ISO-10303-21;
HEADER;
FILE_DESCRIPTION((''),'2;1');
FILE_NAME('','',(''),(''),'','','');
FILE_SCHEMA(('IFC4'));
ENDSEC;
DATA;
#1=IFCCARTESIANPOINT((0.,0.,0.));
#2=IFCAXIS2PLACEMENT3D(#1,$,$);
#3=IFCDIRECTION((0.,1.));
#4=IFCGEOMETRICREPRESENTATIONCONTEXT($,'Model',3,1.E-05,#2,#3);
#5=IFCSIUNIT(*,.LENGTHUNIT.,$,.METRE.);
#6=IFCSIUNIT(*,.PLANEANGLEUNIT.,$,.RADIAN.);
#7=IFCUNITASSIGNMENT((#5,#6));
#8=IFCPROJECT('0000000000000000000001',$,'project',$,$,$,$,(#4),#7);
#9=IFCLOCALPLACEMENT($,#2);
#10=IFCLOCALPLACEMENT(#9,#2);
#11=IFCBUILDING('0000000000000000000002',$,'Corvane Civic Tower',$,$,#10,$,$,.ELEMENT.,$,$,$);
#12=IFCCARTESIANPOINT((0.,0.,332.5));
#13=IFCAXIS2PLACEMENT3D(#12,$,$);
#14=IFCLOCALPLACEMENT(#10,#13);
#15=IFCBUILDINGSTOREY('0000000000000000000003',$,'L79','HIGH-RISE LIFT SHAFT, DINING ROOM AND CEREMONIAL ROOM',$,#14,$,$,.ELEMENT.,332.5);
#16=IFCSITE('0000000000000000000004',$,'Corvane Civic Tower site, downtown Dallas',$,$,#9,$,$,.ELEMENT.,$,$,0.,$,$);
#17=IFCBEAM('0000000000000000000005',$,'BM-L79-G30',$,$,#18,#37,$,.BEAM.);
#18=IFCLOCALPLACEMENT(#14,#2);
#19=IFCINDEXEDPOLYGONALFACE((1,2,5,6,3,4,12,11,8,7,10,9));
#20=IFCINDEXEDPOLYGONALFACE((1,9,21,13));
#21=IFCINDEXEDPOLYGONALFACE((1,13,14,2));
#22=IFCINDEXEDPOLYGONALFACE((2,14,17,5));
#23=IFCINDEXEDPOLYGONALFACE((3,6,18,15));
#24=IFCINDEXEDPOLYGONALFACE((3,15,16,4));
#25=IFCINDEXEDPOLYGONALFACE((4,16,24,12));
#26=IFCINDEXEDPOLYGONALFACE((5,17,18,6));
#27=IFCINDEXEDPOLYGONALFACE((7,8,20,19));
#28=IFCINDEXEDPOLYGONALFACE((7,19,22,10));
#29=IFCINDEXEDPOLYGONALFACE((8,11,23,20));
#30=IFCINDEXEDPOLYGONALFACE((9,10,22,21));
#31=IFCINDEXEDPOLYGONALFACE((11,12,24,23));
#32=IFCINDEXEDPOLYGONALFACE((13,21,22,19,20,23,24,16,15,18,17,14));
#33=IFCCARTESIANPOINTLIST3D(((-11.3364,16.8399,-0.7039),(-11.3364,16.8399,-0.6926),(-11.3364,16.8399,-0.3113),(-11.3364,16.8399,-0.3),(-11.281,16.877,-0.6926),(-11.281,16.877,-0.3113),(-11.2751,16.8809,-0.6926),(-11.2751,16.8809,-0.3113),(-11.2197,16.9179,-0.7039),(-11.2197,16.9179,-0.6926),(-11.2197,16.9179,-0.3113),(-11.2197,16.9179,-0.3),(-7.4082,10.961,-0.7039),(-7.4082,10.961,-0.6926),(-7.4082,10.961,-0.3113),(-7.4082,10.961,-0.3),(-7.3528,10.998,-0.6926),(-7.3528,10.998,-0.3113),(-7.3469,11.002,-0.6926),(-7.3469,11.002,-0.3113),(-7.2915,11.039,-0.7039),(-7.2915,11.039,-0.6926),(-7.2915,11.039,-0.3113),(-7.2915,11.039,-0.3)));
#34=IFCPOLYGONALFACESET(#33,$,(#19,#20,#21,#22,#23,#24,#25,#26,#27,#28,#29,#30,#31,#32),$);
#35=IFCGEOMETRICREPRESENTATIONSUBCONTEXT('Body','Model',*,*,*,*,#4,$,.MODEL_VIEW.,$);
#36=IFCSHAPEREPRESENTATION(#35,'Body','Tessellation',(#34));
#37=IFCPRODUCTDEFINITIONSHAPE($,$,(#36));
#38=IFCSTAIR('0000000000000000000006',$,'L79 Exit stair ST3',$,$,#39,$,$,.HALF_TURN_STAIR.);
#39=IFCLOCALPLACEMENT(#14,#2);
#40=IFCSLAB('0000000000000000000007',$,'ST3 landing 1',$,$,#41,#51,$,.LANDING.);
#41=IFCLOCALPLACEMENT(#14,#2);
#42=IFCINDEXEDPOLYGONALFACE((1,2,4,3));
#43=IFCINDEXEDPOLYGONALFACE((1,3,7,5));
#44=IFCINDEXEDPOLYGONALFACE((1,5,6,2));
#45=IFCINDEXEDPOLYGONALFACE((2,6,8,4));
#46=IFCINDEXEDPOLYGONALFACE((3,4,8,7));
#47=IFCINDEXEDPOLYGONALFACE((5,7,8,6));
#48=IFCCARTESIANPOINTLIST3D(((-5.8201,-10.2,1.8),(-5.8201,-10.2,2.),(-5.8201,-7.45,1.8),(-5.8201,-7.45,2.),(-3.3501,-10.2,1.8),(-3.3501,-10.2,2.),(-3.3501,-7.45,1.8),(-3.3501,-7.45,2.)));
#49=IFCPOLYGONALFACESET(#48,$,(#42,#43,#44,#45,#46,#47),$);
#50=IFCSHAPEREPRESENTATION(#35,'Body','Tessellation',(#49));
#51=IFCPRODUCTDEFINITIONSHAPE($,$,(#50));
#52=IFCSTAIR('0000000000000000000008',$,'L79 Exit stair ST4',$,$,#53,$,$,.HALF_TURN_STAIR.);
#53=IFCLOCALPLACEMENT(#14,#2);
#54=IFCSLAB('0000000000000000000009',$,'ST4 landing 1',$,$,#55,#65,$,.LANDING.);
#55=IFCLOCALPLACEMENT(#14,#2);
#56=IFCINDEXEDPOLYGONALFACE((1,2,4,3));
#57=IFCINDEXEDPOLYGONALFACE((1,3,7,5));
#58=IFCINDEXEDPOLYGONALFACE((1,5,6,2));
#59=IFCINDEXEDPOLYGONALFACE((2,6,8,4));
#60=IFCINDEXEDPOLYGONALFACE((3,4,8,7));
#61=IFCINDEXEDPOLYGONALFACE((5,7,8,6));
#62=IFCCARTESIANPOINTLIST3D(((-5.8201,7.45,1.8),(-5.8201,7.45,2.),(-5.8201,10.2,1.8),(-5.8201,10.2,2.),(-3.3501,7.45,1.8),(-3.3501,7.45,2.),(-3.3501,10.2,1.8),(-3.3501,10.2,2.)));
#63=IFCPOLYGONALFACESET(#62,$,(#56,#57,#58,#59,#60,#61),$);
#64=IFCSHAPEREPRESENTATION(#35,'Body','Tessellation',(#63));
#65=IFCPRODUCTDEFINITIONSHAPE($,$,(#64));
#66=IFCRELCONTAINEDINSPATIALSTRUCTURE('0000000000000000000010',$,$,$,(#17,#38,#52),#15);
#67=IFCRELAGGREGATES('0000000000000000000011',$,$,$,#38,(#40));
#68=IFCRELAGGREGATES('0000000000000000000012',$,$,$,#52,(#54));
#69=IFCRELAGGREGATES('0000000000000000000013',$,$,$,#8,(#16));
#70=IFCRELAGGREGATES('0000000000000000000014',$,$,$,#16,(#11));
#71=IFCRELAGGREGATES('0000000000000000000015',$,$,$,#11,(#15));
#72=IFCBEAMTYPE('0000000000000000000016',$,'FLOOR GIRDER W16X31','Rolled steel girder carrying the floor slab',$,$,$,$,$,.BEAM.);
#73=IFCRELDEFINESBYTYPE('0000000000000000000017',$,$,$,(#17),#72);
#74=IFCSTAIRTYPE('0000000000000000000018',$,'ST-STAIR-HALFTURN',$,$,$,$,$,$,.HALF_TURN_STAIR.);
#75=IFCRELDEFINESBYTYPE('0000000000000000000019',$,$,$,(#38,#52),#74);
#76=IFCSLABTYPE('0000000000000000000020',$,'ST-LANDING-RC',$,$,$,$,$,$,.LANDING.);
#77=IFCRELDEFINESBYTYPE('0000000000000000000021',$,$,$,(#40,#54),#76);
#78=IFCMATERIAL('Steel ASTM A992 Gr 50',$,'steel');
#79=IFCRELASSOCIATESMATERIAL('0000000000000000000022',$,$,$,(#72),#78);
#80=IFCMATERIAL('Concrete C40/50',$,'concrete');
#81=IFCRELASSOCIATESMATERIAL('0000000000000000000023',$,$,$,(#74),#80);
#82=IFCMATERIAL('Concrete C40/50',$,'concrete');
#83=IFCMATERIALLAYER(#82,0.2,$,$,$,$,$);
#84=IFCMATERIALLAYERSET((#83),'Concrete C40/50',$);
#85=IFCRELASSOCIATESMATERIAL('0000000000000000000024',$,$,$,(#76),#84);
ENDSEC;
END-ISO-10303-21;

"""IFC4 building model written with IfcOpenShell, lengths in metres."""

from ifc_helpers import new_model, si_unit, direction, frame, origin, origin_2d, place, context, subcontext, project, spatial, polyline, i_section, outline, extrude, material, layer, layer_set, material_profile, profile_set, type_object, element, aggregate, save


model = new_model("IFC4")

# Units and contexts
model_context = context("Model", 3, precision=1e-05, world=origin(), true_north=direction((0.0, 1.0)))
body_context = subcontext(model_context, "Body", "Model", "MODEL_VIEW")
ifc_project = project(units=[si_unit("LENGTHUNIT", "METRE"), si_unit("PLANEANGLEUNIT", "RADIAN")], contexts=[model_context])

# Site, building, storey
site_placement = place(None, origin())
site = spatial("IfcSite", under=ifc_project, at=site_placement, Name="Corvane Civic Tower site, downtown Dallas", CompositionType="ELEMENT", RefElevation=0.0)
building_placement = place(site_placement, origin())
building = spatial("IfcBuilding", under=site, at=building_placement, Name="Corvane Civic Tower", CompositionType="ELEMENT")
storey_placement = place(building_placement, frame((0.0, 0.0, 332.5)))
storey = spatial("IfcBuildingStorey", under=building, at=storey_placement, Name="L79", Description="HIGH-RISE LIFT SHAFT, DINING ROOM AND CEREMONIAL ROOM", CompositionType="ELEMENT", Elevation=332.5)

# Beam
ifc_material_1 = material(Name="Steel ASTM A992 Gr 50", Category="steel")
ifc_material_profile = material_profile(ifc_material_1, i_section(OverallWidth=0.1404, OverallDepth=0.4038, WebThickness=0.0071, FlangeThickness=0.0112, at=origin_2d()), Name="W16X31")
ifc_profile_set = profile_set([ifc_material_profile], Name="Steel ASTM A992 Gr 50")
beam_type = type_object("IfcBeamType", Name="FLOOR GIRDER W16X31", Description="Rolled steel girder carrying the floor slab", PredefinedType="BEAM", material=ifc_profile_set)
beam_placement = place(storey_placement, frame((-7.3499, 11.0, -0.502), z_axis=(-0.555576, 0.831465, 0.0), x_axis=(-0.831465, -0.555576, 0.0)))
element("IfcBeam", 1, at=beam_placement, inside=storey, type_object=beam_type, Name="BM-L79-G30", PredefinedType="BEAM", context=body_context, shape_type="SweptSolid", body=[
    extrude(i_section(OverallWidth=0.1404, OverallDepth=0.4038, WebThickness=0.0071, FlangeThickness=0.0112, at=origin_2d()), origin(), (0.0, 0.0, 1.0), 7.0706),
])

# Stairs, slabs
ifc_material_2 = material(Name="Concrete C40/50", Category="concrete")
stair_type = type_object("IfcStairType", Name="ST-STAIR-HALFTURN", PredefinedType="HALF_TURN_STAIR", material=ifc_material_2)
stair_1_placement = place(storey_placement, origin())
stair_1 = element("IfcStair", 2, at=stair_1_placement, inside=storey, type_object=stair_type, Name="L79 Exit stair ST3", PredefinedType="HALF_TURN_STAIR")
ifc_material_3 = material(Name="Concrete C40/50", Category="concrete")
ifc_layer_1 = layer(ifc_material_3, 0.2)
ifc_layer_set_1 = layer_set([ifc_layer_1], Name="Concrete C40/50")
slab_type = type_object("IfcSlabType", Name="ST-LANDING-RC", PredefinedType="LANDING", material=ifc_layer_set_1)
slab_1_placement = place(storey_placement, frame((0.0, 0.0, 1.8)))
slab_1 = element("IfcSlab", 3, at=slab_1_placement, type_object=slab_type, Name="ST3 landing 1", PredefinedType="LANDING", context=body_context, shape_type="SweptSolid", body=[
    extrude(outline(polyline([(-5.8201, -10.2), (-3.3501, -10.2), (-3.3501, -7.45), (-5.8201, -7.45), (-5.8201, -10.2)])), origin(), (0.0, 0.0, 1.0), 0.2),
])
aggregate(stair_1, [slab_1])
stair_2_placement = place(storey_placement, origin())
stair_2 = element("IfcStair", 4, at=stair_2_placement, inside=storey, type_object=stair_type, Name="L79 Exit stair ST4", PredefinedType="HALF_TURN_STAIR")
slab_2_placement = place(storey_placement, frame((0.0, 0.0, 1.8)))
slab_2 = element("IfcSlab", 5, at=slab_2_placement, type_object=slab_type, Name="ST4 landing 1", PredefinedType="LANDING", context=body_context, shape_type="SweptSolid", body=[
    extrude(outline(polyline([(-5.8201, 7.45), (-3.3501, 7.45), (-3.3501, 10.2), (-5.8201, 10.2), (-5.8201, 7.45)])), origin(), (0.0, 0.0, 1.0), 0.2),
])

aggregate(stair_2, [slab_2])

save(model, "model.ifc")
